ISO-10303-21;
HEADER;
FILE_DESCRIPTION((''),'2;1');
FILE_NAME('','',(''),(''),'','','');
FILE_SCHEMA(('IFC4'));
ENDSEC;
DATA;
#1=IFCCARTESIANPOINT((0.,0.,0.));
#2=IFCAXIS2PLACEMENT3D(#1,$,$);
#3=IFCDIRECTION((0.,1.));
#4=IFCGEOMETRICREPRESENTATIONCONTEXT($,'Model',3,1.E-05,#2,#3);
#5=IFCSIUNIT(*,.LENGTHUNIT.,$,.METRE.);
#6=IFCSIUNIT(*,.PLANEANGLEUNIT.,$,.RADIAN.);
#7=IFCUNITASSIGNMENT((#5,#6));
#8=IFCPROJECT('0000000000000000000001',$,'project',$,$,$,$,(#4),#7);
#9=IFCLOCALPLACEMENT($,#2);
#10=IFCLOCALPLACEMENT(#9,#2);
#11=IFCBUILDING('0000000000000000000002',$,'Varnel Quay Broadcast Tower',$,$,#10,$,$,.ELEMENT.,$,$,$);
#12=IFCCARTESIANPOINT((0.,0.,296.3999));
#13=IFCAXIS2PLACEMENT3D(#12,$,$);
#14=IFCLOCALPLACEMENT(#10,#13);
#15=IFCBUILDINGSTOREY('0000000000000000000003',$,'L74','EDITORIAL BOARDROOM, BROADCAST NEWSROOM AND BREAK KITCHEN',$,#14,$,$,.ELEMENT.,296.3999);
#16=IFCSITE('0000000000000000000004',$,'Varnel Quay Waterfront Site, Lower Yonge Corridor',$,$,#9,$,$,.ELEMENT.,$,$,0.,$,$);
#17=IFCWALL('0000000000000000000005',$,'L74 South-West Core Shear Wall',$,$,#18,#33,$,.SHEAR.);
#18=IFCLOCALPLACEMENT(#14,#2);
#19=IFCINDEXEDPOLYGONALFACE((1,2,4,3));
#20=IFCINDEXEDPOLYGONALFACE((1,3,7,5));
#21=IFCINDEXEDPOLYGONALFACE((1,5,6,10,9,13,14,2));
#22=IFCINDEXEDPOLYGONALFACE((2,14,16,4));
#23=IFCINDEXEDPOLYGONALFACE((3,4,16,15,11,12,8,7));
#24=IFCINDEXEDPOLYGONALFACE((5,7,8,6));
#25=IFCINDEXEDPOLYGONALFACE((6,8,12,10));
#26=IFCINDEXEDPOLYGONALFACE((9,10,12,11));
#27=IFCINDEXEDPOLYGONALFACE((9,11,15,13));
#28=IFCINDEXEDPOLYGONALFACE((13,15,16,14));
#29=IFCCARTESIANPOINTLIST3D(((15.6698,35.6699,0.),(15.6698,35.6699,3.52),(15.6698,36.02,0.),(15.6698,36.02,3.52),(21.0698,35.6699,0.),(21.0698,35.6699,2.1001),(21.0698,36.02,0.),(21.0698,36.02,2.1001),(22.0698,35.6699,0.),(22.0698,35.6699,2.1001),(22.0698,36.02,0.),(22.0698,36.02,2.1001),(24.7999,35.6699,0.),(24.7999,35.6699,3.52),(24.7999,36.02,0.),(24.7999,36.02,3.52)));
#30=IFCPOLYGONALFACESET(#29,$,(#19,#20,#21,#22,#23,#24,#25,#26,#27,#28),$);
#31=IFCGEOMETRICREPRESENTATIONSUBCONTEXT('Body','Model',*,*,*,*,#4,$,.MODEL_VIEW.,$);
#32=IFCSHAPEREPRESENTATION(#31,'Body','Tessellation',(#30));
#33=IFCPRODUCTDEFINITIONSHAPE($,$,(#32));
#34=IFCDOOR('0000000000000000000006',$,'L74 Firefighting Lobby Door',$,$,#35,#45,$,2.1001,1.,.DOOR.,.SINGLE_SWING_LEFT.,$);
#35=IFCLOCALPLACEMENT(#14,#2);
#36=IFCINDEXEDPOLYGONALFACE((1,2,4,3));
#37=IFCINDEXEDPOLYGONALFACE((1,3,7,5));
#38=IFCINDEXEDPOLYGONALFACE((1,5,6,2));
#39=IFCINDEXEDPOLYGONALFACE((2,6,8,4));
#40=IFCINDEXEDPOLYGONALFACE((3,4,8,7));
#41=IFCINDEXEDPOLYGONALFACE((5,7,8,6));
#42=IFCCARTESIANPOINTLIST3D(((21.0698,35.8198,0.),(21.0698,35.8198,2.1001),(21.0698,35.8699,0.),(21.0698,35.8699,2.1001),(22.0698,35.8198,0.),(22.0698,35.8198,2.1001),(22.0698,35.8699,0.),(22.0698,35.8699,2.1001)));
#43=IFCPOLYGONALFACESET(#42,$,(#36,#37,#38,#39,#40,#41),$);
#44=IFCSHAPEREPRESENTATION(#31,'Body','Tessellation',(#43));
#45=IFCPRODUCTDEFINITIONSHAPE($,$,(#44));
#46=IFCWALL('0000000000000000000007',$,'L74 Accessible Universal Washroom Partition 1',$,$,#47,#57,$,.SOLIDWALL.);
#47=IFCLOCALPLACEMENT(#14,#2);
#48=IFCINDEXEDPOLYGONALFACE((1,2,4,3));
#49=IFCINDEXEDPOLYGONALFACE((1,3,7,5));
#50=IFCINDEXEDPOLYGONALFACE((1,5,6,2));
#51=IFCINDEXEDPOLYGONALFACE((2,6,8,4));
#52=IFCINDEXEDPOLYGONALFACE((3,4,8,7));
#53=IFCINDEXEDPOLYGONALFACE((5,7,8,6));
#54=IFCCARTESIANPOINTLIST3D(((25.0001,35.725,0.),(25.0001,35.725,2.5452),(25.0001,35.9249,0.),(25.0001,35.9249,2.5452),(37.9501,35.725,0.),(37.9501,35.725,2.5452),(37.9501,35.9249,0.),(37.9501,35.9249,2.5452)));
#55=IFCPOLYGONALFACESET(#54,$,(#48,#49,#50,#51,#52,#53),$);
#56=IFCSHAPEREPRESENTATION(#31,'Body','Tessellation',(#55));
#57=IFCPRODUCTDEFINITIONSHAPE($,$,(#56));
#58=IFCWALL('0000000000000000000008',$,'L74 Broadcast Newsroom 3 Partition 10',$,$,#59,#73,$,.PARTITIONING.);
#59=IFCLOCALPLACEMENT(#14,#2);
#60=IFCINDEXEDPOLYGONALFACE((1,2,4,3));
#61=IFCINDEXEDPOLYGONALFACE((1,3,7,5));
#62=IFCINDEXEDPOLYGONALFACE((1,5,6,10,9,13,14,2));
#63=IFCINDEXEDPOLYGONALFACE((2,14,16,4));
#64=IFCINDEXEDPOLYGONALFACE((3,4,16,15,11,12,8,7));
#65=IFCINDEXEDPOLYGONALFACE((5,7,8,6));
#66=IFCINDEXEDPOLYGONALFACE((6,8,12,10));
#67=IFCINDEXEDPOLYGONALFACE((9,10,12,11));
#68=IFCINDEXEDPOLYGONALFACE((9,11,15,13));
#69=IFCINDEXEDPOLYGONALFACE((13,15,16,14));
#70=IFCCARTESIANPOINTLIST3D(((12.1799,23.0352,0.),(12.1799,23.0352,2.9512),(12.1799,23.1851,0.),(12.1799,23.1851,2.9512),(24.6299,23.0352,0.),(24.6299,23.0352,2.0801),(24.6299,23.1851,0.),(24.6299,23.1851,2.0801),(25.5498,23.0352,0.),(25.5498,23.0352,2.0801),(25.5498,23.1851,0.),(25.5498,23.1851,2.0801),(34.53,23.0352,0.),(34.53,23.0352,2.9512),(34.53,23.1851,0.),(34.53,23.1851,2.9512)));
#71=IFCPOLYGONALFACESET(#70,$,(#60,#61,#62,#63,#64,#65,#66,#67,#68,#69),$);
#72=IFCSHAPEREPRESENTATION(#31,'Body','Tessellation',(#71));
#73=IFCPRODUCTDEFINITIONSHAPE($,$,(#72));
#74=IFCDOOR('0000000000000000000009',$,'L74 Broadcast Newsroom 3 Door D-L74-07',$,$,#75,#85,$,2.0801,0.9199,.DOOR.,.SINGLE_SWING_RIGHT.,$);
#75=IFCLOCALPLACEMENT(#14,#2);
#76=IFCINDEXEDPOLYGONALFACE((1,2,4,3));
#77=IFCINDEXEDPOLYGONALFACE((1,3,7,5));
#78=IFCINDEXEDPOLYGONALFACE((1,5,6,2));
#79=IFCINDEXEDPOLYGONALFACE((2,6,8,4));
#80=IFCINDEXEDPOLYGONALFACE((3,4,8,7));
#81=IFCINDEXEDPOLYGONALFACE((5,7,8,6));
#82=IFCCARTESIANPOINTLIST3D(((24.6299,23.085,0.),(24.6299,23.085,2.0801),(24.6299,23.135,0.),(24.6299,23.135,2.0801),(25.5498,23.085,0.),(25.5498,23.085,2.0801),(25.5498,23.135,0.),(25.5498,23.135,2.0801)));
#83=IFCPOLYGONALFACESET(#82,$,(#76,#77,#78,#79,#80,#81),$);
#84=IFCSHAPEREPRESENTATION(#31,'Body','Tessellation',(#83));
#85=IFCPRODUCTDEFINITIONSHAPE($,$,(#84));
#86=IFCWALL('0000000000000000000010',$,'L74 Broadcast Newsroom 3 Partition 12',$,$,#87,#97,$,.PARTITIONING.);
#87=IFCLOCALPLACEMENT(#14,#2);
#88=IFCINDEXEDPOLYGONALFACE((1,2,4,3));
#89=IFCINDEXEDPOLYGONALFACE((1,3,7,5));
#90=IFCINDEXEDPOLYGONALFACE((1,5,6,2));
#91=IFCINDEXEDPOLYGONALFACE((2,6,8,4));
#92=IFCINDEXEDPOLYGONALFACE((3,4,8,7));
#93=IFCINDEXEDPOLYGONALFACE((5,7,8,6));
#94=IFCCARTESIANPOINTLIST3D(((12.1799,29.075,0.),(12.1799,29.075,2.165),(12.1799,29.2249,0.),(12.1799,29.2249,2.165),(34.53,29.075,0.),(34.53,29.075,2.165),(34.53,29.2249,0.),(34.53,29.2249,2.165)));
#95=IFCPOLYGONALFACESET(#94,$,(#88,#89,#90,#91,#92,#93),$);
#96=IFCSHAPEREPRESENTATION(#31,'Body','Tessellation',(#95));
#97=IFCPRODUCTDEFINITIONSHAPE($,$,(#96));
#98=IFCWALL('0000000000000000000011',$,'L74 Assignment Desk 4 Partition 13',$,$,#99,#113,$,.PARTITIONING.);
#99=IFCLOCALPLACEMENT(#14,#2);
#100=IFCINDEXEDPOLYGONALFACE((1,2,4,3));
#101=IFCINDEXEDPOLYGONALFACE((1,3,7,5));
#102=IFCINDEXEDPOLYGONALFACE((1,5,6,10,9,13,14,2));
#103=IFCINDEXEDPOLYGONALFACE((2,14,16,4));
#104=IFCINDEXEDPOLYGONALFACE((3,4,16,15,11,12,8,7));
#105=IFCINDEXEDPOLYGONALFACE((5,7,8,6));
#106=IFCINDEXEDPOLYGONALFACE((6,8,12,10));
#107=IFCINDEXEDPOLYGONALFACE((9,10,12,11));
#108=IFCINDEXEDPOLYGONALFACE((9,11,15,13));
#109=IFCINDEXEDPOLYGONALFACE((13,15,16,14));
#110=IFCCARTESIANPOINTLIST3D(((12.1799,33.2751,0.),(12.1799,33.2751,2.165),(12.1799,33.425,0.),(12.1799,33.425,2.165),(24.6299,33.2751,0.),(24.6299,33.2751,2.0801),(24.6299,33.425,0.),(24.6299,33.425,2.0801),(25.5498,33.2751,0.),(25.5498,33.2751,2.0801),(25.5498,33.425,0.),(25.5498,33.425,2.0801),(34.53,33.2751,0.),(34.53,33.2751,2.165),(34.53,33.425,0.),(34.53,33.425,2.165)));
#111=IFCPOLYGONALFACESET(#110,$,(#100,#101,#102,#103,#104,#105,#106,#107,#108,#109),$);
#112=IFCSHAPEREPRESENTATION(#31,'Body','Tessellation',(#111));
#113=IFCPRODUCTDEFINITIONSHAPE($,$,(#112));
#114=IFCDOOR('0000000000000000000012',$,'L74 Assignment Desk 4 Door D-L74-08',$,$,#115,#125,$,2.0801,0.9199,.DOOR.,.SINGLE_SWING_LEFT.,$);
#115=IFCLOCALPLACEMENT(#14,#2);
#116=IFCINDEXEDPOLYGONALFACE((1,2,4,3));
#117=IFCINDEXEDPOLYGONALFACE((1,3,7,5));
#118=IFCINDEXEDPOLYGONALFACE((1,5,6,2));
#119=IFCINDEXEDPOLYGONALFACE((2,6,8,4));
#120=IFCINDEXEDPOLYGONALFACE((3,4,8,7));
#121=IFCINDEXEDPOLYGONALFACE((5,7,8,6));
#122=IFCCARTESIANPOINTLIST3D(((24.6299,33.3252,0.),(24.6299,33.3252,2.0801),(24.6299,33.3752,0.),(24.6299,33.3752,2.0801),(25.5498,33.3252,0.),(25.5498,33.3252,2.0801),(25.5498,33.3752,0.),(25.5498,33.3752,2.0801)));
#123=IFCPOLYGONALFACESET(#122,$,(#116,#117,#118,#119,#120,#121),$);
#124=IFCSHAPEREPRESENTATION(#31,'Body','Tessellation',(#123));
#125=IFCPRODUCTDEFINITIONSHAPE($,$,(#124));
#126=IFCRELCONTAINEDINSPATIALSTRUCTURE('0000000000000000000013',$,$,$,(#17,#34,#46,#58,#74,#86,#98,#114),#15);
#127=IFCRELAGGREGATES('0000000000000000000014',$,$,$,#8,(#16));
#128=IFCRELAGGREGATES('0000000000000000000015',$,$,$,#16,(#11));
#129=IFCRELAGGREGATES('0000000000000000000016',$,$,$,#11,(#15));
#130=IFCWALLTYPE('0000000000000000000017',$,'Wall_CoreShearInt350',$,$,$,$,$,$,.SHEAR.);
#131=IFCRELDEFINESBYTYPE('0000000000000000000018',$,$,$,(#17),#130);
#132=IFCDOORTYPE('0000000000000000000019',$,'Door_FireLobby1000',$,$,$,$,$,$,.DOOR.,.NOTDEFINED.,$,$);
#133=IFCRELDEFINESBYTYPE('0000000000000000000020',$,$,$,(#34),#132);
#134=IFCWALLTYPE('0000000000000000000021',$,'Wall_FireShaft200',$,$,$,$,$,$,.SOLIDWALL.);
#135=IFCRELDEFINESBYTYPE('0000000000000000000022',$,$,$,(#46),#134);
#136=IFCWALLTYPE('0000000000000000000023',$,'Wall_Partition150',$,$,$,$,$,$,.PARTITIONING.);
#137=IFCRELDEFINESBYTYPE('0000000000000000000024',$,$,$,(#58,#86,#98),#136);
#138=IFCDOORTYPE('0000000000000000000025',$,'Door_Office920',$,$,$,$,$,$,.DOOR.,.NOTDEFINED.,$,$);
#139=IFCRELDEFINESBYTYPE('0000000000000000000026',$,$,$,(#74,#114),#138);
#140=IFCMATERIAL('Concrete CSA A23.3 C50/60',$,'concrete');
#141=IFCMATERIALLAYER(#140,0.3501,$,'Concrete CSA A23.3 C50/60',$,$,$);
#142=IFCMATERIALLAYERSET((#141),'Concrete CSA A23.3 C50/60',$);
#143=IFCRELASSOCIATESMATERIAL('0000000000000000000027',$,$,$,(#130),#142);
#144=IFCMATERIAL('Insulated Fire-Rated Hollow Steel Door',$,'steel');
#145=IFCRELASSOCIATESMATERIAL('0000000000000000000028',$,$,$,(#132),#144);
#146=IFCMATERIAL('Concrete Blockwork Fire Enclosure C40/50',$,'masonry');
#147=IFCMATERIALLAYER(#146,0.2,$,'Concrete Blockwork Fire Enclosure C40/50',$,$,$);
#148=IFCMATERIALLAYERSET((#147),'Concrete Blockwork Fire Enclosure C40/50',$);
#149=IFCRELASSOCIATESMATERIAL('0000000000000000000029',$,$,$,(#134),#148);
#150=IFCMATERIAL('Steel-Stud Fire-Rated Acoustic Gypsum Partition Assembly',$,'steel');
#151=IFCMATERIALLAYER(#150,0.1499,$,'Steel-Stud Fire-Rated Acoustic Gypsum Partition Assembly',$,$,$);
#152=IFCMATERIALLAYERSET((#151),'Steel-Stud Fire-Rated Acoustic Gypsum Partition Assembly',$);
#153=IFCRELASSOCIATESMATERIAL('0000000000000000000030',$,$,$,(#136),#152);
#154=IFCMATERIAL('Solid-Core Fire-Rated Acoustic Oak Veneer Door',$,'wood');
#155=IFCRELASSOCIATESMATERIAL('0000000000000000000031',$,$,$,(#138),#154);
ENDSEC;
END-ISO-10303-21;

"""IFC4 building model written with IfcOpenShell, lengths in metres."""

from ifc_helpers import new_model, si_unit, direction, frame, frame_2d, origin, place, context, subcontext, project, spatial, rectangle, extrude, source, transform, mapped, material, layer, layer_set, type_object, type_shapes, element, fill, save


model = new_model("IFC4")

# Units and contexts
model_context = context("Model", 3, precision=1e-05, world=origin(), true_north=direction((0.0, 1.0)))
body_context = subcontext(model_context, "Body", "Model", "MODEL_VIEW")
ifc_project = project(units=[si_unit("LENGTHUNIT", "METRE"), si_unit("PLANEANGLEUNIT", "RADIAN")], contexts=[model_context])

# Site, building, storey
site_placement = place(None, origin())
site = spatial("IfcSite", under=ifc_project, at=site_placement, Name="Varnel Quay Waterfront Site, Lower Yonge Corridor", CompositionType="ELEMENT", RefElevation=0.0)
building_placement = place(site_placement, origin())
building = spatial("IfcBuilding", under=site, at=building_placement, Name="Varnel Quay Broadcast Tower", CompositionType="ELEMENT")
storey_placement = place(building_placement, frame((0.0, 0.0, 296.3999)))
storey = spatial("IfcBuildingStorey", under=building, at=storey_placement, Name="L74", Description="EDITORIAL BOARDROOM, BROADCAST NEWSROOM AND BREAK KITCHEN", CompositionType="ELEMENT", Elevation=296.3999)

# Shared definitions
ifc_material_1 = material(Name="Concrete CSA A23.3 C50/60", Category="concrete")

# Shared definitions
ifc_layer_1 = layer(ifc_material_1, 0.3501, Name="Concrete CSA A23.3 C50/60")
ifc_layer_set_1 = layer_set([ifc_layer_1], Name="Concrete CSA A23.3 C50/60")
wall_type_1 = type_object("IfcWallType", Name="Wall_CoreShearInt350", PredefinedType="SHEAR", material=ifc_layer_set_1)

# Wall, opening, door
wall_1_placement = place(storey_placement, frame((15.6699, 35.845, 0.0), z_axis=(0.0, 0.0, 1.0), x_axis=(1.0, 0.0, 0.0)))
wall_1 = element("IfcWall", 1, at=wall_1_placement, inside=storey, type_object=wall_type_1, Name="L74 South-West Core Shear Wall", PredefinedType="SHEAR", context=body_context, shape_type="SweptSolid", body=[
    extrude(rectangle(XDim=9.1301, YDim=0.3501, at=frame_2d((4.5649, 0.0))), origin(), (0.0, 0.0, 1.0), 3.52),
])
opening_1_placement = place(wall_1_placement, frame((5.3999, 0.0, 0.0)))
opening_1 = element("IfcOpeningElement", 2, at=opening_1_placement, cuts=wall_1, PredefinedType="OPENING", context=body_context, shape_type="SweptSolid", body=[
    extrude(rectangle(XDim=1.0, YDim=2.1001, at=frame_2d((0.5, 1.05))), frame((0.0, 0.1851, 0.0), z_axis=(0.0, -1.0, 0.0), x_axis=(1.0, 0.0, 0.0)), (0.0, 0.0, 1.0), 0.3701),
])
ifc_material_2 = material(Name="Insulated Fire-Rated Hollow Steel Door", Category="steel")
door_type_1 = type_object("IfcDoorType", Name="Door_FireLobby1000", OperationType="NOTDEFINED", PredefinedType="DOOR", material=ifc_material_2)
shared_shape_1 = source(origin(), body_context, "Body", "SweptSolid", [
    extrude(rectangle(XDim=1.0, YDim=2.1001, at=frame_2d((0.5, 1.05))), frame((0.0, 0.0249, 0.0), z_axis=(0.0, -1.0, 0.0), x_axis=(1.0, 0.0, 0.0)), (0.0, 0.0, 1.0), 0.05),
])
type_shapes(door_type_1, [shared_shape_1])
door_1_placement = place(opening_1_placement, origin())
door_1 = element("IfcDoor", 3, at=door_1_placement, inside=storey, type_object=door_type_1, Name="L74 Firefighting Lobby Door", OperationType="SINGLE_SWING_LEFT", OverallHeight=2.1001, OverallWidth=1.0, PredefinedType="DOOR", context=body_context, shape_type="MappedRepresentation", body=[
    mapped(shared_shape_1, transform((0.0, 0.0, 0.0), x_axis=(1.0, 0.0, 0.0), y_axis=(0.0, 1.0, 0.0), z_axis=(0.0, 0.0, 1.0), scale=1.0)),
])
fill(opening_1, door_1)

# Wall
ifc_material_3 = material(Name="Concrete Blockwork Fire Enclosure C40/50", Category="masonry")
ifc_layer_2 = layer(ifc_material_3, 0.2, Name="Concrete Blockwork Fire Enclosure C40/50")
ifc_layer_set_2 = layer_set([ifc_layer_2], Name="Concrete Blockwork Fire Enclosure C40/50")
wall_type_2 = type_object("IfcWallType", Name="Wall_FireShaft200", PredefinedType="SOLIDWALL", material=ifc_layer_set_2)
wall_2_placement = place(storey_placement, frame((25.0, 35.825, 0.0), z_axis=(0.0, 0.0, 1.0), x_axis=(1.0, 0.0, 0.0)))
element("IfcWall", 4, at=wall_2_placement, inside=storey, type_object=wall_type_2, Name="L74 Accessible Universal Washroom Partition 1", PredefinedType="SOLIDWALL", context=body_context, shape_type="SweptSolid", body=[
    extrude(rectangle(XDim=12.95, YDim=0.2, at=frame_2d((6.4751, 0.0))), origin(), (0.0, 0.0, 1.0), 2.5452),
])

# Wall, opening, door
ifc_material_4 = material(Name="Steel-Stud Fire-Rated Acoustic Gypsum Partition Assembly", Category="steel")
ifc_layer_3 = layer(ifc_material_4, 0.1499, Name="Steel-Stud Fire-Rated Acoustic Gypsum Partition Assembly")
ifc_layer_set_3 = layer_set([ifc_layer_3], Name="Steel-Stud Fire-Rated Acoustic Gypsum Partition Assembly")
wall_type_3 = type_object("IfcWallType", Name="Wall_Partition150", PredefinedType="PARTITIONING", material=ifc_layer_set_3)
wall_3_placement = place(storey_placement, frame((12.1799, 23.1101, 0.0), z_axis=(0.0, 0.0, 1.0), x_axis=(1.0, 0.0, 0.0)))
wall_3 = element("IfcWall", 5, at=wall_3_placement, inside=storey, type_object=wall_type_3, Name="L74 Broadcast Newsroom 3 Partition 10", PredefinedType="PARTITIONING", context=body_context, shape_type="SweptSolid", body=[
    extrude(rectangle(XDim=22.3501, YDim=0.1499, at=frame_2d((11.175, 0.0))), origin(), (0.0, 0.0, 1.0), 2.9512),
])
opening_2_placement = place(wall_3_placement, frame((12.45, 0.0, 0.0)))
opening_2 = element("IfcOpeningElement", 6, at=opening_2_placement, cuts=wall_3, PredefinedType="OPENING", context=body_context, shape_type="SweptSolid", body=[
    extrude(rectangle(XDim=0.9199, YDim=2.0801, at=frame_2d((0.46, 1.04))), frame((0.0, 0.085, 0.0), z_axis=(0.0, -1.0, 0.0), x_axis=(1.0, 0.0, 0.0)), (0.0, 0.0, 1.0), 0.1699),
])
ifc_material_5 = material(Name="Solid-Core Fire-Rated Acoustic Oak Veneer Door", Category="wood")
door_type_2 = type_object("IfcDoorType", Name="Door_Office920", OperationType="NOTDEFINED", PredefinedType="DOOR", material=ifc_material_5)
shared_shape_2 = source(origin(), body_context, "Body", "SweptSolid", [
    extrude(rectangle(XDim=0.9199, YDim=2.0801, at=frame_2d((0.46, 1.04))), frame((0.0, 0.0249, 0.0), z_axis=(0.0, -1.0, 0.0), x_axis=(1.0, 0.0, 0.0)), (0.0, 0.0, 1.0), 0.05),
])
type_shapes(door_type_2, [shared_shape_2])
door_2_placement = place(opening_2_placement, origin())
door_2 = element("IfcDoor", 7, at=door_2_placement, inside=storey, type_object=door_type_2, Name="L74 Broadcast Newsroom 3 Door D-L74-07", OperationType="SINGLE_SWING_RIGHT", OverallHeight=2.0801, OverallWidth=0.9199, PredefinedType="DOOR", context=body_context, shape_type="MappedRepresentation", body=[
    mapped(shared_shape_2, transform((0.0, 0.0, 0.0), x_axis=(1.0, 0.0, 0.0), y_axis=(0.0, 1.0, 0.0), z_axis=(0.0, 0.0, 1.0), scale=1.0)),
])
fill(opening_2, door_2)

# Wall
wall_4_placement = place(storey_placement, frame((12.1799, 29.1499, 0.0), z_axis=(0.0, 0.0, 1.0), x_axis=(1.0, 0.0, 0.0)))
element("IfcWall", 8, at=wall_4_placement, inside=storey, type_object=wall_type_3, Name="L74 Broadcast Newsroom 3 Partition 12", PredefinedType="PARTITIONING", context=body_context, shape_type="SweptSolid", body=[
    extrude(rectangle(XDim=22.3501, YDim=0.1499, at=frame_2d((11.175, 0.0))), origin(), (0.0, 0.0, 1.0), 2.165),
])

# Wall, opening, door
wall_5_placement = place(storey_placement, frame((12.1799, 33.3501, 0.0), z_axis=(0.0, 0.0, 1.0), x_axis=(1.0, 0.0, 0.0)))
wall_5 = element("IfcWall", 9, at=wall_5_placement, inside=storey, type_object=wall_type_3, Name="L74 Assignment Desk 4 Partition 13", PredefinedType="PARTITIONING", context=body_context, shape_type="SweptSolid", body=[
    extrude(rectangle(XDim=22.3501, YDim=0.1499, at=frame_2d((11.175, 0.0))), origin(), (0.0, 0.0, 1.0), 2.165),
])
opening_3_placement = place(wall_5_placement, frame((12.45, 0.0, 0.0)))
opening_3 = element("IfcOpeningElement", 10, at=opening_3_placement, cuts=wall_5, PredefinedType="OPENING", context=body_context, shape_type="SweptSolid", body=[
    extrude(rectangle(XDim=0.9199, YDim=2.0801, at=frame_2d((0.46, 1.04))), frame((0.0, 0.085, 0.0), z_axis=(0.0, -1.0, 0.0), x_axis=(1.0, 0.0, 0.0)), (0.0, 0.0, 1.0), 0.1699),
])
door_3_placement = place(opening_3_placement, frame((0.9199, 0.0, 0.0), z_axis=(0.0, 0.0, 1.0), x_axis=(-1.0, 0.0, 0.0)))
door_3 = element("IfcDoor", 11, at=door_3_placement, inside=storey, type_object=door_type_2, Name="L74 Assignment Desk 4 Door D-L74-08", OperationType="SINGLE_SWING_LEFT", OverallHeight=2.0801, OverallWidth=0.9199, PredefinedType="DOOR", context=body_context, shape_type="MappedRepresentation", body=[
    mapped(shared_shape_2, transform((0.0, 0.0, 0.0), x_axis=(1.0, 0.0, 0.0), y_axis=(0.0, 1.0, 0.0), z_axis=(0.0, 0.0, 1.0), scale=1.0)),
])
fill(opening_3, door_3)

save(model, "model.ifc")
